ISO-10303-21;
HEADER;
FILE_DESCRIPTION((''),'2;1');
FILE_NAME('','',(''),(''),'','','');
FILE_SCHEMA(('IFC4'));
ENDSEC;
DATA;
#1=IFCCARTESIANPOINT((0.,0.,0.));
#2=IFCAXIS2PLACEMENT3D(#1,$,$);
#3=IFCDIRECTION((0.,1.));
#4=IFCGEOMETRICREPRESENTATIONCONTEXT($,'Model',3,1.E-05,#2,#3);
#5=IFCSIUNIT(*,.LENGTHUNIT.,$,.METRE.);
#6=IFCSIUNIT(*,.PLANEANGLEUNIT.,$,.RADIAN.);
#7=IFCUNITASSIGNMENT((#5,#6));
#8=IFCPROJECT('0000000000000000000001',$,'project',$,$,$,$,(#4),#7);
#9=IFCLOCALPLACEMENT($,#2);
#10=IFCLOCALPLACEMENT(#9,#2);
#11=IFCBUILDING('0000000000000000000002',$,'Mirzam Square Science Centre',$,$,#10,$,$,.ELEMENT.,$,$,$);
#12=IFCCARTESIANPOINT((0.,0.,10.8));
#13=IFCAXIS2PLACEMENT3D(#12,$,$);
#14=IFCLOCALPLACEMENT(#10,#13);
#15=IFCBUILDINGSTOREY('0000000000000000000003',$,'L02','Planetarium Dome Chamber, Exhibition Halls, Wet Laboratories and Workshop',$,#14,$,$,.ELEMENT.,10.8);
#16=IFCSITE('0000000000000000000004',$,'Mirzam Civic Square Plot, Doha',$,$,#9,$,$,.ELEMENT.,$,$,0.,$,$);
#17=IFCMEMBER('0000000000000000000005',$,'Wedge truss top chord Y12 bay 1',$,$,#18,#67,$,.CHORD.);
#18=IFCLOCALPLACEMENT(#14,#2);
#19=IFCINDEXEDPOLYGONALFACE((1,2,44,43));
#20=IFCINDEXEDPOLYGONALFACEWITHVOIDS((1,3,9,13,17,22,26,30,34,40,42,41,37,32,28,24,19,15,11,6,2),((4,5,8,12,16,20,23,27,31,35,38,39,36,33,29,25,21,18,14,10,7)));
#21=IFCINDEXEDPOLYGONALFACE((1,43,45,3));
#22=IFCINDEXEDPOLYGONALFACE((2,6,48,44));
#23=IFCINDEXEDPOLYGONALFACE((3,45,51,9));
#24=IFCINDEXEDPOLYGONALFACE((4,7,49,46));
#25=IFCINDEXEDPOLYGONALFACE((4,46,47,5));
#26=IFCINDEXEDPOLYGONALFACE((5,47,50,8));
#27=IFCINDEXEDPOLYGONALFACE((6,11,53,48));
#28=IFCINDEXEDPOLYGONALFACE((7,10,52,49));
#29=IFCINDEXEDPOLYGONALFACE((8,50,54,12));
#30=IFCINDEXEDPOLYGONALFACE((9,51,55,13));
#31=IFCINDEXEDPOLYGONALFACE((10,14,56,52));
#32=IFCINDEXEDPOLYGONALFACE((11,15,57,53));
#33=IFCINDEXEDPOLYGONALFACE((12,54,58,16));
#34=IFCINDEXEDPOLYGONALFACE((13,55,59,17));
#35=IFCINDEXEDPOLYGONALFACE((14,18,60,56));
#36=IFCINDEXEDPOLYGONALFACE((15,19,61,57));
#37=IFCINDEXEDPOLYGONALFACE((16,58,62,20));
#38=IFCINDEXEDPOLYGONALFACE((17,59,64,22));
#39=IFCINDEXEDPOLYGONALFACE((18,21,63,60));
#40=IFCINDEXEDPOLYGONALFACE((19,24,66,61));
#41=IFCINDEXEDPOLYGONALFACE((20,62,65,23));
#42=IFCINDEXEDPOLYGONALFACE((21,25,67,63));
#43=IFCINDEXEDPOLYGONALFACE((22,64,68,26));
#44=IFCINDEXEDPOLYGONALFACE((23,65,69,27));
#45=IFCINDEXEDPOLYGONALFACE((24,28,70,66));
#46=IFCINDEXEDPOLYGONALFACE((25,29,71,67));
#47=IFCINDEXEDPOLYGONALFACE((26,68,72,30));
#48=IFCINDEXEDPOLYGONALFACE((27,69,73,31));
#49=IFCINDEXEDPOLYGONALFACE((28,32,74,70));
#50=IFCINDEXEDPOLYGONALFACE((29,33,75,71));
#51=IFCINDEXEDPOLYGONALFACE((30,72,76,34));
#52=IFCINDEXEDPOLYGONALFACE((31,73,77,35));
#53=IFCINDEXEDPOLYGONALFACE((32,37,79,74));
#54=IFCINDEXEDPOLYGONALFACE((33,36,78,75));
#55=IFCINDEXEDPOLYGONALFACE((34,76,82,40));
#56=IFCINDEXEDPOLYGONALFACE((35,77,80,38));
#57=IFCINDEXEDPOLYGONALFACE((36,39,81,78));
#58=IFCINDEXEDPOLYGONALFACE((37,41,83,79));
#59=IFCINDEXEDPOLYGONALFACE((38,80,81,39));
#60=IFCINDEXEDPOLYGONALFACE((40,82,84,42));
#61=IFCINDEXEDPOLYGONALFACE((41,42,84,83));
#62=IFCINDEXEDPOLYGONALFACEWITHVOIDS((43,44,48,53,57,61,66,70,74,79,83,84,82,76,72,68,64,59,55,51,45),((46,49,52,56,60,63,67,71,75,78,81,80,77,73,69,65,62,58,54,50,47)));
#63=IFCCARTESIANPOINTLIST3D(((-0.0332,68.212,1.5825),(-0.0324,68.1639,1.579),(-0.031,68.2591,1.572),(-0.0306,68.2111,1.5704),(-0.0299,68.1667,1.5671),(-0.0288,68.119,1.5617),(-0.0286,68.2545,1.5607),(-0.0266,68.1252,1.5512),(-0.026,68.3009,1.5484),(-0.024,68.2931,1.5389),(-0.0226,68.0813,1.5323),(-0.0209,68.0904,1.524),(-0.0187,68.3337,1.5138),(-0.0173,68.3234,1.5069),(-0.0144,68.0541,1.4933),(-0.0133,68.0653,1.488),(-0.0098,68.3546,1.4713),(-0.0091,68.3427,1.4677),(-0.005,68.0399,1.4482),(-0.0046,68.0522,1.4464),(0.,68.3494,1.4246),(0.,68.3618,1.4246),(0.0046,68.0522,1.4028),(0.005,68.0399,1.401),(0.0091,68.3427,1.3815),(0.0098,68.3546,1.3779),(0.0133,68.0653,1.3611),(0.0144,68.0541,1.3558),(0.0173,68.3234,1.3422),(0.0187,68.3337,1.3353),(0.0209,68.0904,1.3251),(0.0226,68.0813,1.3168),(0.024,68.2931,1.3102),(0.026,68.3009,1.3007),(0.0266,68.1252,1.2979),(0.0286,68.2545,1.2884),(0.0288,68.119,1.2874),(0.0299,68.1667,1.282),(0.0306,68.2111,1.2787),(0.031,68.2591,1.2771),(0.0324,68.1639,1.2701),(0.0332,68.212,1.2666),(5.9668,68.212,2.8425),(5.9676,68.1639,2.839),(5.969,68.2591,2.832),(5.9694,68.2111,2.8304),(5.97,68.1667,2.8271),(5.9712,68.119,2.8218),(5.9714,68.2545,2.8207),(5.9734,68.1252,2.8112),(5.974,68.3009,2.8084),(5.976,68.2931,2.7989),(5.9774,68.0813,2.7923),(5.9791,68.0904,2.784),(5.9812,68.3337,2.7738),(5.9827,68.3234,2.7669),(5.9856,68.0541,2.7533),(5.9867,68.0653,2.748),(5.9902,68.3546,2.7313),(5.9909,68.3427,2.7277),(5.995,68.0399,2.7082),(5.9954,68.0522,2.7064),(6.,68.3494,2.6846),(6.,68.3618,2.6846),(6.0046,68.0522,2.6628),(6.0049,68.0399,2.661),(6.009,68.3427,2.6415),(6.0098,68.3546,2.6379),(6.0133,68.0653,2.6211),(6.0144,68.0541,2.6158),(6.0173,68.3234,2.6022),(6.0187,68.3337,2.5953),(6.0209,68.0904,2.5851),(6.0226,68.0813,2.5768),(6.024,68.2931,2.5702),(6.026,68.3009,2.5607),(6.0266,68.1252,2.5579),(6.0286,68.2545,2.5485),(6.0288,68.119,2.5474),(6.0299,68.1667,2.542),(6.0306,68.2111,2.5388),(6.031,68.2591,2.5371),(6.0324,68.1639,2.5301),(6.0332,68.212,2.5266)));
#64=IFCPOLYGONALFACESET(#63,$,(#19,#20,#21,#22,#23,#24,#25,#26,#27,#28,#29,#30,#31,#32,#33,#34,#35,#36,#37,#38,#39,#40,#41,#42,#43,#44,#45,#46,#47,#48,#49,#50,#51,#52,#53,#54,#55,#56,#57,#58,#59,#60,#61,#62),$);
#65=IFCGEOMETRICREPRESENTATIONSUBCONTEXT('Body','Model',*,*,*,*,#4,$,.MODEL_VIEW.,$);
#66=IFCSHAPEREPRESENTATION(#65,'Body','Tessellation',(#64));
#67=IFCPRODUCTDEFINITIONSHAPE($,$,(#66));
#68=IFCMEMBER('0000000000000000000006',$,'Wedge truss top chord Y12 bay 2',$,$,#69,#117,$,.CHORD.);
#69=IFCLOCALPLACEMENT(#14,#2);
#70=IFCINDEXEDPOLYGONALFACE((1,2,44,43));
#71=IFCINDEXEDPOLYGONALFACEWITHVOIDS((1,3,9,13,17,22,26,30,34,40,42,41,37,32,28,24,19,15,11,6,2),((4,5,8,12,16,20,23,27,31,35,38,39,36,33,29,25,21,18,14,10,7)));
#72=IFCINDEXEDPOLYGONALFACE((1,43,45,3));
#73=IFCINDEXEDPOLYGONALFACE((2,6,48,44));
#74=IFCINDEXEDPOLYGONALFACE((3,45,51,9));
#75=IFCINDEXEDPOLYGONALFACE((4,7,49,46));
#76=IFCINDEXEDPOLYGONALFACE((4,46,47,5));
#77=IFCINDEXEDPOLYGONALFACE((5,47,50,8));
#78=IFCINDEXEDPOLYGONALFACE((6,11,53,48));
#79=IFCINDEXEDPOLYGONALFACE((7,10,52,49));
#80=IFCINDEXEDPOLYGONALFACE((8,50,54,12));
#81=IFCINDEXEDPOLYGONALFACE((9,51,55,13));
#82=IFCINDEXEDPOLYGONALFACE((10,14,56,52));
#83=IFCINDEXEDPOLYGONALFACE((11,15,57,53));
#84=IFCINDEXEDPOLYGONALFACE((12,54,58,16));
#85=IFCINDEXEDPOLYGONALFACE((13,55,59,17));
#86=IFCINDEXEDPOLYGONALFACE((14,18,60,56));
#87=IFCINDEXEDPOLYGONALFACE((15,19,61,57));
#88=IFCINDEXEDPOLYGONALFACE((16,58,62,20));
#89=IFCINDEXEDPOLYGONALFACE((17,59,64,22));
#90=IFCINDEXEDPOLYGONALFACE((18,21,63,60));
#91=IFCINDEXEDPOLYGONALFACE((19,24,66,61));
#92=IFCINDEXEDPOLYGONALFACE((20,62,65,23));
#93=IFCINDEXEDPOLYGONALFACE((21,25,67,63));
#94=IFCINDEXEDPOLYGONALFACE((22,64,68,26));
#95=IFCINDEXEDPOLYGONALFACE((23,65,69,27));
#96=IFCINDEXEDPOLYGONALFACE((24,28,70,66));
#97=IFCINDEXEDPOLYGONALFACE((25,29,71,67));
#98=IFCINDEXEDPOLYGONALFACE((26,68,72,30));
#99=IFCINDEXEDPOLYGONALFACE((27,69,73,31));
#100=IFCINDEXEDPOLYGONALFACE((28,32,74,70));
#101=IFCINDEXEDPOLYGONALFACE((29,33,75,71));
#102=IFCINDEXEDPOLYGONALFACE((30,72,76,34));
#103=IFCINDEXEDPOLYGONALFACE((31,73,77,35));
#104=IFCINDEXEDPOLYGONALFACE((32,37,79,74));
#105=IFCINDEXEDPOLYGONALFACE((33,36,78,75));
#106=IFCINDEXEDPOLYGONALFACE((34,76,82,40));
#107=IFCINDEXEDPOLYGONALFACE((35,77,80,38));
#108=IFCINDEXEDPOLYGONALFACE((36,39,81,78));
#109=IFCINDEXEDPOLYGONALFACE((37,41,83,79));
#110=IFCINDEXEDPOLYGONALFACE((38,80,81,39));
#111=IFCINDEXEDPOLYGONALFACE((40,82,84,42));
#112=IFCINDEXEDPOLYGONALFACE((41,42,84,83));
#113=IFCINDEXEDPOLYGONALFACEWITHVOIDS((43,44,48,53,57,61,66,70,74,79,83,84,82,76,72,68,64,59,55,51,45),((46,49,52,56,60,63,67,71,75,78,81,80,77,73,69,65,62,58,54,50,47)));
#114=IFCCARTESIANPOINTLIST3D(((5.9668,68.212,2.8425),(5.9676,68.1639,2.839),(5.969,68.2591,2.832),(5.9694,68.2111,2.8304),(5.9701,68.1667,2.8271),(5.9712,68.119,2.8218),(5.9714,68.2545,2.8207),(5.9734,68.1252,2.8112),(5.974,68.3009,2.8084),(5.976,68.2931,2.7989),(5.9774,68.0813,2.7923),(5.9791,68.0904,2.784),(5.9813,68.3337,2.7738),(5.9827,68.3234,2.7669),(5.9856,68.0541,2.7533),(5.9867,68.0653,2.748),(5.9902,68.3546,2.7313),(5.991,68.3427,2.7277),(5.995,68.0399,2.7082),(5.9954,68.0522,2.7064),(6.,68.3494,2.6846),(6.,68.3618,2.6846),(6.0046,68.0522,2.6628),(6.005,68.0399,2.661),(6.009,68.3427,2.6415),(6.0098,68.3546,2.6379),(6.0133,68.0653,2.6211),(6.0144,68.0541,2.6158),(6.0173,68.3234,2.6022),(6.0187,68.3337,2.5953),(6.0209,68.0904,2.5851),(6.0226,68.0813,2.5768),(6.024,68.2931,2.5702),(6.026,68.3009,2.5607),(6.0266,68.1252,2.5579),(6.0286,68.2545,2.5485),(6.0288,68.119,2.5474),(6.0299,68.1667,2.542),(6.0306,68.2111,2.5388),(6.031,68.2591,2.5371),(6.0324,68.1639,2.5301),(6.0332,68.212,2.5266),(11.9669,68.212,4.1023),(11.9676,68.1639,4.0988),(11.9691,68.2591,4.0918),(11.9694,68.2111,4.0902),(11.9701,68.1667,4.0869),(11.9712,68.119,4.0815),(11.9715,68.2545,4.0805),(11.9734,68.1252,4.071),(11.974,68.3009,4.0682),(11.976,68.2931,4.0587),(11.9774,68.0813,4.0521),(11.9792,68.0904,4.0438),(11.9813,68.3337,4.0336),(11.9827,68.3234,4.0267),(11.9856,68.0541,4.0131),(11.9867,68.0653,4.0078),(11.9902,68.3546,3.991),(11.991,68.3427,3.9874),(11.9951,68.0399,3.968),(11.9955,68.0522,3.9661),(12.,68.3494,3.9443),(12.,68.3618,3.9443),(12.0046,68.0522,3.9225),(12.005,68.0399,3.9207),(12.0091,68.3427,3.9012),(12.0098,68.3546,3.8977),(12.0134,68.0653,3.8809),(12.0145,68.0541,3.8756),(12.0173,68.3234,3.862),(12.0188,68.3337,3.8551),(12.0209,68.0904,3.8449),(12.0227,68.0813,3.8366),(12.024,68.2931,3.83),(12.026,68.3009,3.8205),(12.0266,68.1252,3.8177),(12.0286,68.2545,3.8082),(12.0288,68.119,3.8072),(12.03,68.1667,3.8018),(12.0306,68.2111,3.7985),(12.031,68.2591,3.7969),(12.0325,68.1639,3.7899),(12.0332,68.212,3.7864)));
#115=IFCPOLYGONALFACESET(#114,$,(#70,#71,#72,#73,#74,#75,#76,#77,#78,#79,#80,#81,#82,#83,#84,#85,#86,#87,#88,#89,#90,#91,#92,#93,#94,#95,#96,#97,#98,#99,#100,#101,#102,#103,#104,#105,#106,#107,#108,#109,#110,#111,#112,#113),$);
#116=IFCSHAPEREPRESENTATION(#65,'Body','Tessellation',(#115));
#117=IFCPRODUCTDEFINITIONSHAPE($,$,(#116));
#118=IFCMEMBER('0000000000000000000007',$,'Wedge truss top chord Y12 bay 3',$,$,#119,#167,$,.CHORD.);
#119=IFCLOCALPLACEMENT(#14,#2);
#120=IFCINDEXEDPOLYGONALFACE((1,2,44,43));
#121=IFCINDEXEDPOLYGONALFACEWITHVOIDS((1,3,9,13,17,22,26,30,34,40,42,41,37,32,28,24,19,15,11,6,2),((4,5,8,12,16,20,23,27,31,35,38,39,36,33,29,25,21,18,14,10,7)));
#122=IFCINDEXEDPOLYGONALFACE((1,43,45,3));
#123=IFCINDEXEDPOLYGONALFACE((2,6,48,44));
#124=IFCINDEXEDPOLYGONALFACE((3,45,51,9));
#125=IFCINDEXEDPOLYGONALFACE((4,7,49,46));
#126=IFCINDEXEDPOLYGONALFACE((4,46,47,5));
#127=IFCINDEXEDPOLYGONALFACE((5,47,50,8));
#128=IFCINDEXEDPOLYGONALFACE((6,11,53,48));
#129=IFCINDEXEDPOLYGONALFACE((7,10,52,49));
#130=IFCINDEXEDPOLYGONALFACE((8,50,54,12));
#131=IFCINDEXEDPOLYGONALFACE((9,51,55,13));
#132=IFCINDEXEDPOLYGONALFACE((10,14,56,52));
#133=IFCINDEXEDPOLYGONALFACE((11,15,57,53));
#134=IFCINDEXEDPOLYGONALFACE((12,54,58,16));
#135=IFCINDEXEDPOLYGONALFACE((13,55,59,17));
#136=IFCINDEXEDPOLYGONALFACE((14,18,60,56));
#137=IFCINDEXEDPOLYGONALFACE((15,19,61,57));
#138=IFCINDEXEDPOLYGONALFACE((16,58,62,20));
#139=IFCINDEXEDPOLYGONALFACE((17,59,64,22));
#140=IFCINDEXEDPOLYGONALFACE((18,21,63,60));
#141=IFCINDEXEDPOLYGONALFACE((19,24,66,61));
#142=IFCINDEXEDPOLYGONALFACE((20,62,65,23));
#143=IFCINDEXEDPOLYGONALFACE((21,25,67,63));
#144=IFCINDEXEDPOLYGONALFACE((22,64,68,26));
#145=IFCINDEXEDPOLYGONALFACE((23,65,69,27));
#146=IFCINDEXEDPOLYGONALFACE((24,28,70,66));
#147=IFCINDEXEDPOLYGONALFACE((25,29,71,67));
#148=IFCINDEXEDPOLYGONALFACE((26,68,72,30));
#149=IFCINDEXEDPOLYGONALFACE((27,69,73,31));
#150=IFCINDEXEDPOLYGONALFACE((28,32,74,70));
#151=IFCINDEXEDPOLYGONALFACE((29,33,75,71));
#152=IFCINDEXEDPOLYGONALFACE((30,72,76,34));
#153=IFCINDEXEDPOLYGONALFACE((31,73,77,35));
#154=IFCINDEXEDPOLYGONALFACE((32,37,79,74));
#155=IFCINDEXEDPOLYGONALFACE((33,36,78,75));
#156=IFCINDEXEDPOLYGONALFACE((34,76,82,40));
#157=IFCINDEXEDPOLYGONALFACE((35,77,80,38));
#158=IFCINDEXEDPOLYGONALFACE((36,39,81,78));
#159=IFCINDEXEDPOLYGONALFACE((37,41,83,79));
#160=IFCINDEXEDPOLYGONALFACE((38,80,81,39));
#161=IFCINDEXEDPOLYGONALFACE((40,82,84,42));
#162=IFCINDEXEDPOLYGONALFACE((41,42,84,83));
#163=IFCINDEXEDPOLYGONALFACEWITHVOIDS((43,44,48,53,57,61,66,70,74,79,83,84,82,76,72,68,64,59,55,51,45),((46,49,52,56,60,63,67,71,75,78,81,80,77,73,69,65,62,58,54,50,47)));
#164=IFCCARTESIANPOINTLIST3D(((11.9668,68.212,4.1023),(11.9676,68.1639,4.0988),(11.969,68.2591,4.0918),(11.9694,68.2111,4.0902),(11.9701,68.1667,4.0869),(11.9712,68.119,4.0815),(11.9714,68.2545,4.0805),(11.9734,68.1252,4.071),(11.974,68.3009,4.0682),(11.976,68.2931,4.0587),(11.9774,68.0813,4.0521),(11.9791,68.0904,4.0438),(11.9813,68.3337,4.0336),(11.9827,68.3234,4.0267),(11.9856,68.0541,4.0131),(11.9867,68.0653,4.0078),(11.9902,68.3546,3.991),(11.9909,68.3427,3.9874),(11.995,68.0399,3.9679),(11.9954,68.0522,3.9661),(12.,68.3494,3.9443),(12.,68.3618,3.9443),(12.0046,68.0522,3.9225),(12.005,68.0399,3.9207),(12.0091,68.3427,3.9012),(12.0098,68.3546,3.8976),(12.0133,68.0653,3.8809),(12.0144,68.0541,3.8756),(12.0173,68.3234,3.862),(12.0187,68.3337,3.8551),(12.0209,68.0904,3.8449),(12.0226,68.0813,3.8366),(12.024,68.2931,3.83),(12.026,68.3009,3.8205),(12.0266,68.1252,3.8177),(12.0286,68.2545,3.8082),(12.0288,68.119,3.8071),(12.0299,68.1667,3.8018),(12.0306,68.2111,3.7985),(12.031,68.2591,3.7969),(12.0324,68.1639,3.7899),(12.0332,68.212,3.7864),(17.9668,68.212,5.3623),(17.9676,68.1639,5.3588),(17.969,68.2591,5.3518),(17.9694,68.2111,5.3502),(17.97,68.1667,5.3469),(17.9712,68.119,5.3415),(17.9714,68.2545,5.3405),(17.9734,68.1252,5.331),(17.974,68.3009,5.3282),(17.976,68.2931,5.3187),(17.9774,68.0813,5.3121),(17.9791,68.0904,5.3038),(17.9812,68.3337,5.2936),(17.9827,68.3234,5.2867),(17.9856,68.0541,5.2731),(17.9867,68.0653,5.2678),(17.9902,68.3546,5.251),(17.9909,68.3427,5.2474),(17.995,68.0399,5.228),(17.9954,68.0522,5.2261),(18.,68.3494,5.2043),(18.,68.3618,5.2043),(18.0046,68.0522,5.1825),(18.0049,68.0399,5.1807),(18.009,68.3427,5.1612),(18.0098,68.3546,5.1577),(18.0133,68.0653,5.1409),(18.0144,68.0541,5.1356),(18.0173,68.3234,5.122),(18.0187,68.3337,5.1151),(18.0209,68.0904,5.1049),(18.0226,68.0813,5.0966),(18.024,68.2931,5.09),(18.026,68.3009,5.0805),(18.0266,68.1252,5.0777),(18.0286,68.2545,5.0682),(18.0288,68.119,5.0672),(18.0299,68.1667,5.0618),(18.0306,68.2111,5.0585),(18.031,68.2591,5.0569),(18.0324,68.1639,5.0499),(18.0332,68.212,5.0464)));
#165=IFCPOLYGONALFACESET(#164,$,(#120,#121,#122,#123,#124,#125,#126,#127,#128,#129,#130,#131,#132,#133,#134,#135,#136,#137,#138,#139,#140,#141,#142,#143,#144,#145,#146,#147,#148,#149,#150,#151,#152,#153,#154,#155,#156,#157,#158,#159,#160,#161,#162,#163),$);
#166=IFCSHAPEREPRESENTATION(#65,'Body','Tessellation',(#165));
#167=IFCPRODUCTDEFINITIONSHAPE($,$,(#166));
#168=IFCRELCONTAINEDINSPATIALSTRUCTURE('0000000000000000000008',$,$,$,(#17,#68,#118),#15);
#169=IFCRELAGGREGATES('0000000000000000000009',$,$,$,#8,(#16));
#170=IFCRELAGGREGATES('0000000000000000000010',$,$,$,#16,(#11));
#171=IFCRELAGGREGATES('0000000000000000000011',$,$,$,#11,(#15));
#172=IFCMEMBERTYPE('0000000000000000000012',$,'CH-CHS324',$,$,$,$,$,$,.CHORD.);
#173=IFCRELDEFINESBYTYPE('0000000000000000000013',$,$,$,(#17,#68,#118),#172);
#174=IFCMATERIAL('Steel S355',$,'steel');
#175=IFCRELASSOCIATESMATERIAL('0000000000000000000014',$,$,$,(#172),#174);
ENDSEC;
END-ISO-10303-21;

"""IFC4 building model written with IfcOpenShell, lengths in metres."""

from ifc_helpers import new_model, si_unit, direction, frame, origin, origin_2d, place, context, subcontext, project, spatial, hollow_circle, extrude, material, material_profile, profile_set, type_object, element, save


model = new_model("IFC4")

# Units and contexts
model_context = context("Model", 3, precision=1e-05, world=origin(), true_north=direction((0.0, 1.0)))
body_context = subcontext(model_context, "Body", "Model", "MODEL_VIEW")
ifc_project = project(units=[si_unit("LENGTHUNIT", "METRE"), si_unit("PLANEANGLEUNIT", "RADIAN")], contexts=[model_context])

# Site, building, storey
site_placement = place(None, origin())
site = spatial("IfcSite", under=ifc_project, at=site_placement, Name="Mirzam Civic Square Plot, Doha", CompositionType="ELEMENT", RefElevation=0.0)
building_placement = place(site_placement, origin())
building = spatial("IfcBuilding", under=site, at=building_placement, Name="Mirzam Square Science Centre", CompositionType="ELEMENT")
storey_placement = place(building_placement, frame((0.0, 0.0, 10.8)))
storey = spatial("IfcBuildingStorey", under=building, at=storey_placement, Name="L02", Description="Planetarium Dome Chamber, Exhibition Halls, Wet Laboratories and Workshop", CompositionType="ELEMENT", Elevation=10.8)

# Members
ifc_material = material(Name="Steel S355", Category="steel")
ifc_material_profile_1 = material_profile(ifc_material, hollow_circle(Radius=0.1619, WallThickness=0.0125, at=origin_2d()), Name="323.9x12.5CHS")
ifc_profile_set_1 = profile_set([ifc_material_profile_1], Name="Steel S355")
member_type_1 = type_object("IfcMemberType", Name="CH-CHS324", PredefinedType="CHORD", material=ifc_profile_set_1)
for number, where, z_axis, x_axis, name in (
    (1, (0.0, 68.2, 1.4246), (0.978653, 0.0, 0.205519), (0.0, 1.0, 0.0), "Wedge truss top chord Y12 bay 1"),
    (2, (6.0, 68.2, 2.6846), (0.978661, 0.0, 0.205481), (0.0, 1.0, 0.0), "Wedge truss top chord Y12 bay 2"),
    (3, (12.0, 68.2, 3.9443), (0.978653, 0.0, 0.205519), (0.0, 1.0, 0.0), "Wedge truss top chord Y12 bay 3"),
):
    element("IfcMember", number, at=place(storey_placement, frame(where, z_axis=z_axis, x_axis=x_axis)), inside=storey, type_object=member_type_1, Name=name, PredefinedType="CHORD", context=body_context, shape_type="SweptSolid", body=[
        extrude(hollow_circle(Radius=0.1619, WallThickness=0.0125, at=origin_2d()), origin(), (0.0, 0.0, 1.0), 6.1309),
    ])

save(model, "model.ifc")
